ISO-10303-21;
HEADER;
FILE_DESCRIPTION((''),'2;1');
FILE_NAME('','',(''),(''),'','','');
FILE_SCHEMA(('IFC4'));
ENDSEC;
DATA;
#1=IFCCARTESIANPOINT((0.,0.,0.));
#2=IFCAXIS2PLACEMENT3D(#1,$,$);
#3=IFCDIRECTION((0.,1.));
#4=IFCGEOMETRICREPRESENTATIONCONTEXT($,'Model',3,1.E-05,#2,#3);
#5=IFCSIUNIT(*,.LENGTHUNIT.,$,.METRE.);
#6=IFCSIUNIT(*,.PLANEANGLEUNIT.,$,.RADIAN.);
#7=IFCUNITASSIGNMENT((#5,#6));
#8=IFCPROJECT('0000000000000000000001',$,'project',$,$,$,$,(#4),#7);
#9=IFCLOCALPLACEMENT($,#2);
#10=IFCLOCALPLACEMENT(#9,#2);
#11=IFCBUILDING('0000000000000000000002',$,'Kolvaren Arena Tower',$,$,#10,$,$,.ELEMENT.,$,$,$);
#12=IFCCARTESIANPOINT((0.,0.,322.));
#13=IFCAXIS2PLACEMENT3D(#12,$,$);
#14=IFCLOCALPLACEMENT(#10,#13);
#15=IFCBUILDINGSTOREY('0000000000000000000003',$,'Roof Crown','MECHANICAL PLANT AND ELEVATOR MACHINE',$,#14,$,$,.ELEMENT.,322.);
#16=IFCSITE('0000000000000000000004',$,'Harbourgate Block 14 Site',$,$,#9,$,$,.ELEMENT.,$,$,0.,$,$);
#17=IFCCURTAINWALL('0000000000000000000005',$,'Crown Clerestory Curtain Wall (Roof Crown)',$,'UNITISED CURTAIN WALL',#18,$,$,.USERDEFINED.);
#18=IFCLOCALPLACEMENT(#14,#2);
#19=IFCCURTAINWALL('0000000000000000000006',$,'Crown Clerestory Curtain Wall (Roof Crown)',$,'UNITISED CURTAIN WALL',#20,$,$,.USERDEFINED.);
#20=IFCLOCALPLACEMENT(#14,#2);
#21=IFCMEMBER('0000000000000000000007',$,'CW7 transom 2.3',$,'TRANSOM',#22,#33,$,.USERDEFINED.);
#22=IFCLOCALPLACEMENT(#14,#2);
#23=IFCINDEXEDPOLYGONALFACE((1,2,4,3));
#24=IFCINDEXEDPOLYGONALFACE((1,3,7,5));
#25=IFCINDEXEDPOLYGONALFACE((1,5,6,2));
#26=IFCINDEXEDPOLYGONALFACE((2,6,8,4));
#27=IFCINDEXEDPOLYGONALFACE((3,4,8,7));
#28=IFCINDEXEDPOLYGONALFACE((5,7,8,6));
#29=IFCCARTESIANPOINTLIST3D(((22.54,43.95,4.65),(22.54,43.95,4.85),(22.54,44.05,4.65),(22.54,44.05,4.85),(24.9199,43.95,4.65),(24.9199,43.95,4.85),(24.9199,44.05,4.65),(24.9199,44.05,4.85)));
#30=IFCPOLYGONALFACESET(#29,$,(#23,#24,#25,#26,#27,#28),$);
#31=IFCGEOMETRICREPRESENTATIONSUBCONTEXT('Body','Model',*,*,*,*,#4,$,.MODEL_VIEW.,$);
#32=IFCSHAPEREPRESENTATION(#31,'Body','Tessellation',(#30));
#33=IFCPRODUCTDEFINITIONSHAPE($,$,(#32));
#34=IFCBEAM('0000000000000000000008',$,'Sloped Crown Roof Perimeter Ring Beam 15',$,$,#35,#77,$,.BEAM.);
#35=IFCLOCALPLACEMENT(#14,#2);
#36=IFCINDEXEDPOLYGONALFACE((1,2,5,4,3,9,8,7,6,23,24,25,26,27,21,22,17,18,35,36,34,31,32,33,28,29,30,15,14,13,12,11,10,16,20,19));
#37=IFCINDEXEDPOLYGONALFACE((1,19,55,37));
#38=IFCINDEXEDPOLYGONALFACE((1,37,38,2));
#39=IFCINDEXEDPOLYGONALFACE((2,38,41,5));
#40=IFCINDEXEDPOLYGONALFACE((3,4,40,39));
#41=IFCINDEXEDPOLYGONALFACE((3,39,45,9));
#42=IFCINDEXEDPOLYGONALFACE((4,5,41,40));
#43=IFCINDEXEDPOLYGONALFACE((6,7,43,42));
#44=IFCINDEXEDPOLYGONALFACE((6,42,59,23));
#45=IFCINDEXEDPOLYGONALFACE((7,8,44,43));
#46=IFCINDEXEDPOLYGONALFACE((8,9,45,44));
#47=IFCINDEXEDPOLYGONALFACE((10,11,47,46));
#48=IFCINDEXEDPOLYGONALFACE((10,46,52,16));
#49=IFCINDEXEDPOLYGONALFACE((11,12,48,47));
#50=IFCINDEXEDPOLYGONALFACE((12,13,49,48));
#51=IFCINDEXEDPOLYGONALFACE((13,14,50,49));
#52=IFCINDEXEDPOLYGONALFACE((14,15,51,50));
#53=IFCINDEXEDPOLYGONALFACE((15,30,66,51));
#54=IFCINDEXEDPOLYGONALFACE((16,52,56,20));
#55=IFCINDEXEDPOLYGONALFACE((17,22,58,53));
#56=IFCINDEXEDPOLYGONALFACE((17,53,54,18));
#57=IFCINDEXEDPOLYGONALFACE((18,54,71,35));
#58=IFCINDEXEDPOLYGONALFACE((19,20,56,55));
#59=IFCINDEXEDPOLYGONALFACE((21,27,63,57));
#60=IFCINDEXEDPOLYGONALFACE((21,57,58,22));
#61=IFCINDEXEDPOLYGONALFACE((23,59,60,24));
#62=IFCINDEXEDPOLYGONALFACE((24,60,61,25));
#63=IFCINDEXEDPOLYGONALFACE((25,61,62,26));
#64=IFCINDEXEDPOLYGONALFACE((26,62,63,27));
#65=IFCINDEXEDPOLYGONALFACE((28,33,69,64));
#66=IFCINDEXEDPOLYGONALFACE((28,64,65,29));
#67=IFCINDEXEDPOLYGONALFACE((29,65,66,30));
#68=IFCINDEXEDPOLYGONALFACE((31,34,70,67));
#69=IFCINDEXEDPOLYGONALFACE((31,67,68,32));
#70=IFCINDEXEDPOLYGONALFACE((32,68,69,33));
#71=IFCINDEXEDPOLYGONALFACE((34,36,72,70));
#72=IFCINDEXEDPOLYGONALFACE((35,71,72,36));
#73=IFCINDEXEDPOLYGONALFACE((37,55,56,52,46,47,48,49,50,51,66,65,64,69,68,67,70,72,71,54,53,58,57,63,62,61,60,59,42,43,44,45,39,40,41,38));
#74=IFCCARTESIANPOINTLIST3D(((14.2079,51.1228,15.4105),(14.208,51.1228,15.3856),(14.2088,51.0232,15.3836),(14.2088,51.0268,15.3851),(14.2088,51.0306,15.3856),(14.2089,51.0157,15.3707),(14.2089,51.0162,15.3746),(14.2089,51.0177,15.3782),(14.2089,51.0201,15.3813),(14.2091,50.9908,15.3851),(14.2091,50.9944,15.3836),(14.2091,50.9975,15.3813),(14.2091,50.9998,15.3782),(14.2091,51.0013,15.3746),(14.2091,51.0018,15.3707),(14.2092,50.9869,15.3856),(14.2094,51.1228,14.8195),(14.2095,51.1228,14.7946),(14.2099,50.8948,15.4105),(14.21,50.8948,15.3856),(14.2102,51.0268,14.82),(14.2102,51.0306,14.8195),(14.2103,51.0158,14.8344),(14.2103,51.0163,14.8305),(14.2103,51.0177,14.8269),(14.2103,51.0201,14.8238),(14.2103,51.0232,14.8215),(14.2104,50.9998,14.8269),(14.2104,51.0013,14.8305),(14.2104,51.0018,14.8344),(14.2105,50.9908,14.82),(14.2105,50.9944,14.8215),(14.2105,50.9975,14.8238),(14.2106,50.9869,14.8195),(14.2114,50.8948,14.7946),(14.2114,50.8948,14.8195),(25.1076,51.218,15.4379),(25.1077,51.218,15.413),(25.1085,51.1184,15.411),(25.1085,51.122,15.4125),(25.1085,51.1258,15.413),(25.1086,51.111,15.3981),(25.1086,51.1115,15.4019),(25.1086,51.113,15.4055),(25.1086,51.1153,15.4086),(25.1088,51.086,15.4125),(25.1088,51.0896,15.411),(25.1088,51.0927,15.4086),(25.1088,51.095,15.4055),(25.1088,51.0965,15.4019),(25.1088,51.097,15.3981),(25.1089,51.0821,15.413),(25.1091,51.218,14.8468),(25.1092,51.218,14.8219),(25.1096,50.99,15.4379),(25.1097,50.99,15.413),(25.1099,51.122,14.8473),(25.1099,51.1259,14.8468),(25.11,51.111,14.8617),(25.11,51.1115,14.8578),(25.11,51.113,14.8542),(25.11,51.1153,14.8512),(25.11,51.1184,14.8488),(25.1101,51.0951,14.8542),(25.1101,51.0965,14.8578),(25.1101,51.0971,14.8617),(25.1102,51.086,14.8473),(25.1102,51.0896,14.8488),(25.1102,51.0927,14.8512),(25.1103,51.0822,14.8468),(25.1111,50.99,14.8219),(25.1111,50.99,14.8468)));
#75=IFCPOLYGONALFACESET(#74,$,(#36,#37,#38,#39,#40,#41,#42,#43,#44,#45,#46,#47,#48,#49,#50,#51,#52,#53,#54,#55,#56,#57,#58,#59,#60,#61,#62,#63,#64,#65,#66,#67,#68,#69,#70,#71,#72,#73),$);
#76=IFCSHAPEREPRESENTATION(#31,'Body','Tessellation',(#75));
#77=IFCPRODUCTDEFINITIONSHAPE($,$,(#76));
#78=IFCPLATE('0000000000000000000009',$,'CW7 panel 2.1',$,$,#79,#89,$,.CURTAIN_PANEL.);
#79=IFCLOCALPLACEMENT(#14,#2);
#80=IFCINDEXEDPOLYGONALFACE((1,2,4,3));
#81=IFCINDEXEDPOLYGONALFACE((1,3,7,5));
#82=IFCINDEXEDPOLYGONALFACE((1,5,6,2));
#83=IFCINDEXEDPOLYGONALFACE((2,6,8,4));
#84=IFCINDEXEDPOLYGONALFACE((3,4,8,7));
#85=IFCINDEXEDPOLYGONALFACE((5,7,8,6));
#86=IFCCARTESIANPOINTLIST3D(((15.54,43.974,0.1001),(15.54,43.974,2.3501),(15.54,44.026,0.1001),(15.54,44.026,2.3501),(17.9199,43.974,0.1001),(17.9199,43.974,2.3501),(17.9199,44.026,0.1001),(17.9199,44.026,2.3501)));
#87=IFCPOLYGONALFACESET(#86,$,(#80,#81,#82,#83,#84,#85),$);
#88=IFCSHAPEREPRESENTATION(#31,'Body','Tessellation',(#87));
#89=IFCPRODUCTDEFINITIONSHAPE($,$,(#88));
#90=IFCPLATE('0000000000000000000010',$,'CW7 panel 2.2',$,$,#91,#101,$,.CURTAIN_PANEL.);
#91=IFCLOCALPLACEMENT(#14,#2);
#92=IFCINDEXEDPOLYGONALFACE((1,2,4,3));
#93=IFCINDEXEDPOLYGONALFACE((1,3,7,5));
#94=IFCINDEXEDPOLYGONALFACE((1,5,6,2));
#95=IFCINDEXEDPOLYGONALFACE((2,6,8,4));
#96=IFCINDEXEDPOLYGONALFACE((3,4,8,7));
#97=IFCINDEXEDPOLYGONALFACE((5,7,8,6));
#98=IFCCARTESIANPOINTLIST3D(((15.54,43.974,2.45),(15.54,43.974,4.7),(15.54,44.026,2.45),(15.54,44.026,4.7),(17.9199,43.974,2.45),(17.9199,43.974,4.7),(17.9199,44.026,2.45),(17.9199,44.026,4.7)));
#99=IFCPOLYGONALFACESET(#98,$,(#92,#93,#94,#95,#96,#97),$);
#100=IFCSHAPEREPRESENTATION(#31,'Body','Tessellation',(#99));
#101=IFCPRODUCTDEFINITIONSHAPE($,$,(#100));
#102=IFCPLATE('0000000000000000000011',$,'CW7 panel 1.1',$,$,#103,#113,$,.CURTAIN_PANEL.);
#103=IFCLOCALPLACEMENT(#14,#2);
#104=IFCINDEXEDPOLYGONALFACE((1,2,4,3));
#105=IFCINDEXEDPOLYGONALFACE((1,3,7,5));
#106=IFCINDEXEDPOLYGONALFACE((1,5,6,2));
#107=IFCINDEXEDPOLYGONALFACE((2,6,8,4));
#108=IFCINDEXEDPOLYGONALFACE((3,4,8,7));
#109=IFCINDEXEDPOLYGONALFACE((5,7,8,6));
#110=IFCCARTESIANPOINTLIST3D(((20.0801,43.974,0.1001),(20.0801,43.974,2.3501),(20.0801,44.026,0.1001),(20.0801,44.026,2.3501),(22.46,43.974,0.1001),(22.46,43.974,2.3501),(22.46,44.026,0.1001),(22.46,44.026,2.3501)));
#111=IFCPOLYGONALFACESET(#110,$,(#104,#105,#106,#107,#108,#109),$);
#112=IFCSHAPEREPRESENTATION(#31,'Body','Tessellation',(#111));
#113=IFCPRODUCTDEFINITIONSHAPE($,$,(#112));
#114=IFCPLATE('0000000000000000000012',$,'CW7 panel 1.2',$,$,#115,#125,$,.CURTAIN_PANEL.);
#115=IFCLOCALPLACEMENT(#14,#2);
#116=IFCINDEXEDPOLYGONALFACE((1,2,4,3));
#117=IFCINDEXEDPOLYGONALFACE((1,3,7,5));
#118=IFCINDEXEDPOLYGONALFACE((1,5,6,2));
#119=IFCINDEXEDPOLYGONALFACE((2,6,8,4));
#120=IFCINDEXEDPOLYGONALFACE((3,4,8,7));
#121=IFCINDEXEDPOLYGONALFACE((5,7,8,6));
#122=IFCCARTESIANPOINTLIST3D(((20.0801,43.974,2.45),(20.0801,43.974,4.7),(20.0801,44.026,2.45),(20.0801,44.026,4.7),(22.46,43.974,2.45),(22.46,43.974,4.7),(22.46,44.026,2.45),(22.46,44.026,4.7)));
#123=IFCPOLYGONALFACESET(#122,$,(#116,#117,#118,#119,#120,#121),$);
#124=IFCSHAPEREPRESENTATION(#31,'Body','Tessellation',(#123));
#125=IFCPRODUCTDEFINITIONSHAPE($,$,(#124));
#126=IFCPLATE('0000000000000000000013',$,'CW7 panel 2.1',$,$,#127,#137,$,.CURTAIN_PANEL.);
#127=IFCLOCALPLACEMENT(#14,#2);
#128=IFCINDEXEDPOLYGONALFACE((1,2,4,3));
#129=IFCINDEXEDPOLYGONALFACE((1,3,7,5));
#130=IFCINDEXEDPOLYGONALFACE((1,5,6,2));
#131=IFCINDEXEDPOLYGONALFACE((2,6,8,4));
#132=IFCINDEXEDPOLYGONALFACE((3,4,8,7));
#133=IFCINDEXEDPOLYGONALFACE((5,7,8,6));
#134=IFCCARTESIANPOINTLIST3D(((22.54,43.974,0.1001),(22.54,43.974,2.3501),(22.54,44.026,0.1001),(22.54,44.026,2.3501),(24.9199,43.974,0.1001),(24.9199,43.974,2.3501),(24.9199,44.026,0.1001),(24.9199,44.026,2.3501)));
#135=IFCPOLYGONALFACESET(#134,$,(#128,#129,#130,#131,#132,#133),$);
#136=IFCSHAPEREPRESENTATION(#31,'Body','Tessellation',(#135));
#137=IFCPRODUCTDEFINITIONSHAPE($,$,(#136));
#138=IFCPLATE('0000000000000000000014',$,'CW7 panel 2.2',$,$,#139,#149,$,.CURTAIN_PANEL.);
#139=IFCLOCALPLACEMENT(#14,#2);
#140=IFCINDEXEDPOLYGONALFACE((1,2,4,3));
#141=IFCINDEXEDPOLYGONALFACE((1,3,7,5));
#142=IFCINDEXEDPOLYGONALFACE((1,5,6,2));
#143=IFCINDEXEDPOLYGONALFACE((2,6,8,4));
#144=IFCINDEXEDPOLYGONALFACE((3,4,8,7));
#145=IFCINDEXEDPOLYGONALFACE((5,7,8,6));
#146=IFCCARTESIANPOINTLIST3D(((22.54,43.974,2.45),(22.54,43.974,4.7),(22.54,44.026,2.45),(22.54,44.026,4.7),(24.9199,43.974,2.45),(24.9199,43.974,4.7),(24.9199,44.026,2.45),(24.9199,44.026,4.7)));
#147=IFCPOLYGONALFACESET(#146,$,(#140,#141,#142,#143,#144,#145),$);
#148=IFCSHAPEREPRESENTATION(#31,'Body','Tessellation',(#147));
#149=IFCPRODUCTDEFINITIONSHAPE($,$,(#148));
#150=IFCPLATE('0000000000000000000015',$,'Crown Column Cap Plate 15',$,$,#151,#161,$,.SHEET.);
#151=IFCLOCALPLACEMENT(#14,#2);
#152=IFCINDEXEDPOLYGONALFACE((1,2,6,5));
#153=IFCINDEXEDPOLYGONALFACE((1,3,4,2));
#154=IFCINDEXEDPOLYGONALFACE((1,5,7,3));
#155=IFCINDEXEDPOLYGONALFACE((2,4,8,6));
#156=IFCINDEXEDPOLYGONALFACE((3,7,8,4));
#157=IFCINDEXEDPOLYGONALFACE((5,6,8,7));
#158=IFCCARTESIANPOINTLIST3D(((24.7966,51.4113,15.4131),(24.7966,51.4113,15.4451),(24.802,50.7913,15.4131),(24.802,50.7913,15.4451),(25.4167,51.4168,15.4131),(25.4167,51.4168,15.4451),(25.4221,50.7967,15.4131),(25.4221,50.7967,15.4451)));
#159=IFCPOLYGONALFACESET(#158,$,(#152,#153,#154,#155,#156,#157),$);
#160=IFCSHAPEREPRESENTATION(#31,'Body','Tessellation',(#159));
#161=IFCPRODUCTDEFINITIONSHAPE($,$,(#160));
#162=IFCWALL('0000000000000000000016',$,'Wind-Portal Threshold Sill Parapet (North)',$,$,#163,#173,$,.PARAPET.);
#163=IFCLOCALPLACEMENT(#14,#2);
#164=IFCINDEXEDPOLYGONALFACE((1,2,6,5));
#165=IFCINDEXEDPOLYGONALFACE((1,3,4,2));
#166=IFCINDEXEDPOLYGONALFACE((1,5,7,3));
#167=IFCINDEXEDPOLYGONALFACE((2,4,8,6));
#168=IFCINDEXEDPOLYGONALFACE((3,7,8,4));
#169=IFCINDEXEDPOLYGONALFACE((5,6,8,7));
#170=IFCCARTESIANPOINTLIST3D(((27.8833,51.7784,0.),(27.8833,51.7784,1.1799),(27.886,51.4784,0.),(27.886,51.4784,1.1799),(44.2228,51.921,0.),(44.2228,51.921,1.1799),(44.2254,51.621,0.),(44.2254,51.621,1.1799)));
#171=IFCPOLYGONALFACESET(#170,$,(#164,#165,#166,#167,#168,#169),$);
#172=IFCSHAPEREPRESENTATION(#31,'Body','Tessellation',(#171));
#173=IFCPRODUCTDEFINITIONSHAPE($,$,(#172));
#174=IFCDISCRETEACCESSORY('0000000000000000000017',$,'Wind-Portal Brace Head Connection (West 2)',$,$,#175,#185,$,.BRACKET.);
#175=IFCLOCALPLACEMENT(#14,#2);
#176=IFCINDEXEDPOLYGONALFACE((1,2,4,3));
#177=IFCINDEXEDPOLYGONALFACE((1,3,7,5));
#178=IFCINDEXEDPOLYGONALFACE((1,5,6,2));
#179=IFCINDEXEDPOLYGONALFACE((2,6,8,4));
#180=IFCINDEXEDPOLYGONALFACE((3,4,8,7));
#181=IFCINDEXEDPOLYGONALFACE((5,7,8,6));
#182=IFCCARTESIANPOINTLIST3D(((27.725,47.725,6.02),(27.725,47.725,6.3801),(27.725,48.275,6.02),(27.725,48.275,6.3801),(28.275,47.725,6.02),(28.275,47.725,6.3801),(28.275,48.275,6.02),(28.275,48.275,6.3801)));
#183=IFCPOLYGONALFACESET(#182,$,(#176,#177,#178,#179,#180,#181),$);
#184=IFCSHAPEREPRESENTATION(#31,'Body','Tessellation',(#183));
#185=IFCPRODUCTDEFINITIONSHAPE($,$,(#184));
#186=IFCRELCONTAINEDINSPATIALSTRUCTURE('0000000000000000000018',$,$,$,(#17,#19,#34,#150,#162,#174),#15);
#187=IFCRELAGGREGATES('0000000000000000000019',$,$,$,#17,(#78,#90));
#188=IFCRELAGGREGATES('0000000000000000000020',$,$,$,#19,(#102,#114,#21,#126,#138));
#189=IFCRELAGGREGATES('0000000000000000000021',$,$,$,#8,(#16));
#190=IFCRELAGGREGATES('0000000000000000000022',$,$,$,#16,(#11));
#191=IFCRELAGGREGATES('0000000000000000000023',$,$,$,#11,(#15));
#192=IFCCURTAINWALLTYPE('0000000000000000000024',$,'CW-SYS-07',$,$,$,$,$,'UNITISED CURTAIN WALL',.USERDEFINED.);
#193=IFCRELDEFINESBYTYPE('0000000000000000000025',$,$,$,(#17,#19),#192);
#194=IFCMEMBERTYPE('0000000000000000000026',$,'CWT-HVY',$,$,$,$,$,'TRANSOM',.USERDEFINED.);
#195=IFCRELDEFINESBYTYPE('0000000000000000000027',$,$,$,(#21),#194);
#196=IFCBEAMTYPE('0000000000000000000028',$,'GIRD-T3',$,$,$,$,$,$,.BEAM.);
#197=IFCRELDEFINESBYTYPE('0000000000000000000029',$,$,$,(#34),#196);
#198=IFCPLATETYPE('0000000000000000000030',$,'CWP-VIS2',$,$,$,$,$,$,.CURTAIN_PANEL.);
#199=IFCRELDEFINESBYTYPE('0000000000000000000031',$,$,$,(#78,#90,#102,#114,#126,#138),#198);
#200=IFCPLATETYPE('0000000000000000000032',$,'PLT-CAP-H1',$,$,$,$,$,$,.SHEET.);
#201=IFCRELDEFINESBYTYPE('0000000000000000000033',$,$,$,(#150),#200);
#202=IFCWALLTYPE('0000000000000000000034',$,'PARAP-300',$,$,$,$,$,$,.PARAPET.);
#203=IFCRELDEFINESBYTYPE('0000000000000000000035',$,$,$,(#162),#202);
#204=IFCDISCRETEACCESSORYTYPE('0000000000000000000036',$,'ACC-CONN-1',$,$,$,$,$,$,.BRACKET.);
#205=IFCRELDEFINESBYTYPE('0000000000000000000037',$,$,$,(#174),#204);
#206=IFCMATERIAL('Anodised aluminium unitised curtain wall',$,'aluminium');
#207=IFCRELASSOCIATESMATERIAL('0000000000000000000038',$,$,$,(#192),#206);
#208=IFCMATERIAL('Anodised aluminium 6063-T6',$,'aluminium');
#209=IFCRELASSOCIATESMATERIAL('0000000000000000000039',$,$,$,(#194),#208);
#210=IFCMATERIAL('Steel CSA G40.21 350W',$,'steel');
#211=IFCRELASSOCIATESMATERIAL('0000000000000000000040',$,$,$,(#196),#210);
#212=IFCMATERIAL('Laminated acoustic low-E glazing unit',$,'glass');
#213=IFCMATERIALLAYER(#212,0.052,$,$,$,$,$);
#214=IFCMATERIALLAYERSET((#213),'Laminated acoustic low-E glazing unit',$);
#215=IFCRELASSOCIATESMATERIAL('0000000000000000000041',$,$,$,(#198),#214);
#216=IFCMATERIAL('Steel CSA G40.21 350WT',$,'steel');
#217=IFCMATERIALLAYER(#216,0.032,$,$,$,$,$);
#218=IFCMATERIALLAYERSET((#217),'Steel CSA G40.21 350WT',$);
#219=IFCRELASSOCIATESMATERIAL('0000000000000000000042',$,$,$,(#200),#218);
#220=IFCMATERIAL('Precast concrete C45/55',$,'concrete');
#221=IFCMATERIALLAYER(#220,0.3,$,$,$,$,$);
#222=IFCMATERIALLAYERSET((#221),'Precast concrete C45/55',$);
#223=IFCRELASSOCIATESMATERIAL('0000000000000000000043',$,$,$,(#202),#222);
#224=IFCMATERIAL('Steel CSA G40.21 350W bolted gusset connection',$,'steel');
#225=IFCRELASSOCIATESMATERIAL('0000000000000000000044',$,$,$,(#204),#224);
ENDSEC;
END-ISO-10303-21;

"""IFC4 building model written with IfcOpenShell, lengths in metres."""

from ifc_helpers import new_model, si_unit, direction, frame, frame_2d, origin, origin_2d, place, context, subcontext, project, spatial, rectangle, i_section, extrude, material, layer, layer_set, material_profile, profile_set, type_object, element, aggregate, save


model = new_model("IFC4")

# Units and contexts
model_context = context("Model", 3, precision=1e-05, world=origin(), true_north=direction((0.0, 1.0)))
body_context = subcontext(model_context, "Body", "Model", "MODEL_VIEW")
ifc_project = project(units=[si_unit("LENGTHUNIT", "METRE"), si_unit("PLANEANGLEUNIT", "RADIAN")], contexts=[model_context])

# Site, building, storey
site_placement = place(None, origin())
site = spatial("IfcSite", under=ifc_project, at=site_placement, Name="Harbourgate Block 14 Site", CompositionType="ELEMENT", RefElevation=0.0)
building_placement = place(site_placement, origin())
building = spatial("IfcBuilding", under=site, at=building_placement, Name="Kolvaren Arena Tower", CompositionType="ELEMENT")
storey_placement = place(building_placement, frame((0.0, 0.0, 322.0)))
storey = spatial("IfcBuildingStorey", under=building, at=storey_placement, Name="Roof Crown", Description="MECHANICAL PLANT AND ELEVATOR MACHINE", CompositionType="ELEMENT", Elevation=322.0)

# Curtain wall
ifc_material_1 = material(Name="Anodised aluminium unitised curtain wall", Category="aluminium")
curtain_wall_type = type_object("IfcCurtainWallType", Name="CW-SYS-07", ElementType="UNITISED CURTAIN WALL", PredefinedType="USERDEFINED", material=ifc_material_1)
curtain_wall_1_placement = place(storey_placement, origin())
curtain_wall_1 = element("IfcCurtainWall", 1, at=curtain_wall_1_placement, inside=storey, type_object=curtain_wall_type, Name="Crown Clerestory Curtain Wall (Roof Crown)", ObjectType="UNITISED CURTAIN WALL", PredefinedType="USERDEFINED")
ifc_material_2 = material(Name="Anodised aluminium 6063-T6", Category="aluminium")

# Curtain wall, member
curtain_wall_2_placement = place(storey_placement, origin())
curtain_wall_2 = element("IfcCurtainWall", 2, at=curtain_wall_2_placement, inside=storey, type_object=curtain_wall_type, Name="Crown Clerestory Curtain Wall (Roof Crown)", ObjectType="UNITISED CURTAIN WALL", PredefinedType="USERDEFINED")
ifc_material_profile_1 = material_profile(ifc_material_2, rectangle(XDim=0.1001, YDim=0.2, at=origin_2d()), Name="ALU-100x200")
ifc_profile_set_1 = profile_set([ifc_material_profile_1], Name="Anodised aluminium 6063-T6")
member_type_1 = type_object("IfcMemberType", Name="CWT-HVY", ElementType="TRANSOM", PredefinedType="USERDEFINED", material=ifc_profile_set_1)
member_1_placement = place(storey_placement, frame((22.54, 44.0, 4.75), z_axis=(1.0, 0.0, 0.0), x_axis=(0.0, 1.0, 0.0)))
member_1 = element("IfcMember", 3, at=member_1_placement, type_object=member_type_1, Name="CW7 transom 2.3", ObjectType="TRANSOM", PredefinedType="USERDEFINED", context=body_context, shape_type="SweptSolid", body=[
    extrude(rectangle(XDim=0.1001, YDim=0.2, at=origin_2d()), origin(), (0.0, 0.0, 1.0), 2.3799),
])

# Beam
ifc_material_3 = material(Name="Steel CSA G40.21 350W", Category="steel")
ifc_material_profile_2 = material_profile(ifc_material_3, i_section(OverallWidth=0.228, OverallDepth=0.616, WebThickness=0.0139, FlangeThickness=0.0249, FilletRadius=0.0149, at=origin_2d()), Name="W610x174")
ifc_profile_set_2 = profile_set([ifc_material_profile_2], Name="Steel CSA G40.21 350W")
beam_type = type_object("IfcBeamType", Name="GIRD-T3", PredefinedType="BEAM", material=ifc_profile_set_2)
beam_placement = place(storey_placement, frame((25.1094, 51.104, 15.1299), z_axis=(-0.999959, -0.008735, -0.002509), x_axis=(0.008735, -0.999962, 0.0)))
element("IfcBeam", 4, at=beam_placement, inside=storey, type_object=beam_type, Name="Sloped Crown Roof Perimeter Ring Beam 15", PredefinedType="BEAM", context=body_context, shape_type="SweptSolid", body=[
    extrude(i_section(OverallWidth=0.228, OverallDepth=0.616, WebThickness=0.0139, FlangeThickness=0.0249, FilletRadius=0.0149, at=origin_2d()), origin(), (0.0, 0.0, 1.0), 10.9001),
])

# Plates
ifc_material_4 = material(Name="Laminated acoustic low-E glazing unit", Category="glass")
ifc_layer_1 = layer(ifc_material_4, 0.052)
ifc_layer_set_1 = layer_set([ifc_layer_1], Name="Laminated acoustic low-E glazing unit")
plate_type_1 = type_object("IfcPlateType", Name="CWP-VIS2", PredefinedType="CURTAIN_PANEL", material=ifc_layer_set_1)
plate_1_placement = place(storey_placement, frame((16.73, 44.0, 0.1001), z_axis=(0.0, 0.0, 1.0), x_axis=(1.0, 0.0, 0.0)))
plate_1 = element("IfcPlate", 5, at=plate_1_placement, type_object=plate_type_1, Name="CW7 panel 2.1", PredefinedType="CURTAIN_PANEL", context=body_context, shape_type="SweptSolid", body=[
    extrude(rectangle(XDim=2.3799, YDim=0.052, at=origin_2d()), origin(), (0.0, 0.0, 1.0), 2.25),
])
plate_2_placement = place(storey_placement, frame((16.73, 44.0, 2.45), z_axis=(0.0, 0.0, 1.0), x_axis=(1.0, 0.0, 0.0)))
plate_2 = element("IfcPlate", 6, at=plate_2_placement, type_object=plate_type_1, Name="CW7 panel 2.2", PredefinedType="CURTAIN_PANEL", context=body_context, shape_type="SweptSolid", body=[
    extrude(rectangle(XDim=2.3799, YDim=0.052, at=origin_2d()), origin(), (0.0, 0.0, 1.0), 2.25),
])
aggregate(curtain_wall_1, [plate_1, plate_2])
plate_3_placement = place(storey_placement, frame((21.27, 44.0, 0.1001), z_axis=(0.0, 0.0, 1.0), x_axis=(1.0, 0.0, 0.0)))
plate_3 = element("IfcPlate", 7, at=plate_3_placement, type_object=plate_type_1, Name="CW7 panel 1.1", PredefinedType="CURTAIN_PANEL", context=body_context, shape_type="SweptSolid", body=[
    extrude(rectangle(XDim=2.3799, YDim=0.052, at=origin_2d()), origin(), (0.0, 0.0, 1.0), 2.25),
])
plate_4_placement = place(storey_placement, frame((21.27, 44.0, 2.45), z_axis=(0.0, 0.0, 1.0), x_axis=(1.0, 0.0, 0.0)))
plate_4 = element("IfcPlate", 8, at=plate_4_placement, type_object=plate_type_1, Name="CW7 panel 1.2", PredefinedType="CURTAIN_PANEL", context=body_context, shape_type="SweptSolid", body=[
    extrude(rectangle(XDim=2.3799, YDim=0.052, at=origin_2d()), origin(), (0.0, 0.0, 1.0), 2.25),
])
plate_5_placement = place(storey_placement, frame((23.73, 44.0, 0.1001), z_axis=(0.0, 0.0, 1.0), x_axis=(1.0, 0.0, 0.0)))
plate_5 = element("IfcPlate", 9, at=plate_5_placement, type_object=plate_type_1, Name="CW7 panel 2.1", PredefinedType="CURTAIN_PANEL", context=body_context, shape_type="SweptSolid", body=[
    extrude(rectangle(XDim=2.3799, YDim=0.052, at=origin_2d()), origin(), (0.0, 0.0, 1.0), 2.25),
])
plate_6_placement = place(storey_placement, frame((23.73, 44.0, 2.45), z_axis=(0.0, 0.0, 1.0), x_axis=(1.0, 0.0, 0.0)))
plate_6 = element("IfcPlate", 10, at=plate_6_placement, type_object=plate_type_1, Name="CW7 panel 2.2", PredefinedType="CURTAIN_PANEL", context=body_context, shape_type="SweptSolid", body=[
    extrude(rectangle(XDim=2.3799, YDim=0.052, at=origin_2d()), origin(), (0.0, 0.0, 1.0), 2.25),
])
aggregate(curtain_wall_2, [plate_3, plate_4, member_1, plate_5, plate_6])
ifc_material_5 = material(Name="Steel CSA G40.21 350WT", Category="steel")
ifc_layer_2 = layer(ifc_material_5, 0.032)
ifc_layer_set_2 = layer_set([ifc_layer_2], Name="Steel CSA G40.21 350WT")
plate_type_2 = type_object("IfcPlateType", Name="PLT-CAP-H1", PredefinedType="SHEET", material=ifc_layer_set_2)
plate_7_placement = place(storey_placement, frame((25.1094, 51.104, 15.4131), z_axis=(0.0, 0.0, 1.0), x_axis=(0.999962, 0.008727, 0.0)))
element("IfcPlate", 11, at=plate_7_placement, inside=storey, type_object=plate_type_2, Name="Crown Column Cap Plate 15", PredefinedType="SHEET", context=body_context, shape_type="SweptSolid", body=[
    extrude(rectangle(XDim=0.6201, YDim=0.6201, at=origin_2d()), origin(), (0.0, 0.0, 1.0), 0.032),
])

# Wall
ifc_material_6 = material(Name="Precast concrete C45/55", Category="concrete")
ifc_layer_3 = layer(ifc_material_6, 0.3)
ifc_layer_set_3 = layer_set([ifc_layer_3], Name="Precast concrete C45/55")
wall_type = type_object("IfcWallType", Name="PARAP-300", PredefinedType="PARAPET", material=ifc_layer_set_3)
wall_placement = place(storey_placement, frame((27.8848, 51.6284, 0.0), z_axis=(0.0, 0.0, 1.0), x_axis=(0.999962, 0.008726, 0.0)))
element("IfcWall", 12, at=wall_placement, inside=storey, type_object=wall_type, Name="Wind-Portal Threshold Sill Parapet (North)", PredefinedType="PARAPET", context=body_context, shape_type="SweptSolid", body=[
    extrude(rectangle(XDim=16.3401, YDim=0.3, at=frame_2d((8.1699, 0.0))), origin(), (0.0, 0.0, 1.0), 1.1799),
])

# Discrete accessory
ifc_material_7 = material(Name="Steel CSA G40.21 350W bolted gusset connection", Category="steel")
discrete_accessory_type = type_object("IfcDiscreteAccessoryType", Name="ACC-CONN-1", PredefinedType="BRACKET", material=ifc_material_7)
discrete_accessory_placement = place(storey_placement, frame((28.0, 48.0, 6.02), z_axis=(0.0, 0.0, 1.0), x_axis=(1.0, 0.0, 0.0)))
element("IfcDiscreteAccessory", 13, at=discrete_accessory_placement, inside=storey, type_object=discrete_accessory_type, Name="Wind-Portal Brace Head Connection (West 2)", PredefinedType="BRACKET", context=body_context, shape_type="SweptSolid", body=[
    extrude(rectangle(XDim=0.55, YDim=0.55, at=origin_2d()), origin(), (0.0, 0.0, 1.0), 0.3601),
])

save(model, "model.ifc")
